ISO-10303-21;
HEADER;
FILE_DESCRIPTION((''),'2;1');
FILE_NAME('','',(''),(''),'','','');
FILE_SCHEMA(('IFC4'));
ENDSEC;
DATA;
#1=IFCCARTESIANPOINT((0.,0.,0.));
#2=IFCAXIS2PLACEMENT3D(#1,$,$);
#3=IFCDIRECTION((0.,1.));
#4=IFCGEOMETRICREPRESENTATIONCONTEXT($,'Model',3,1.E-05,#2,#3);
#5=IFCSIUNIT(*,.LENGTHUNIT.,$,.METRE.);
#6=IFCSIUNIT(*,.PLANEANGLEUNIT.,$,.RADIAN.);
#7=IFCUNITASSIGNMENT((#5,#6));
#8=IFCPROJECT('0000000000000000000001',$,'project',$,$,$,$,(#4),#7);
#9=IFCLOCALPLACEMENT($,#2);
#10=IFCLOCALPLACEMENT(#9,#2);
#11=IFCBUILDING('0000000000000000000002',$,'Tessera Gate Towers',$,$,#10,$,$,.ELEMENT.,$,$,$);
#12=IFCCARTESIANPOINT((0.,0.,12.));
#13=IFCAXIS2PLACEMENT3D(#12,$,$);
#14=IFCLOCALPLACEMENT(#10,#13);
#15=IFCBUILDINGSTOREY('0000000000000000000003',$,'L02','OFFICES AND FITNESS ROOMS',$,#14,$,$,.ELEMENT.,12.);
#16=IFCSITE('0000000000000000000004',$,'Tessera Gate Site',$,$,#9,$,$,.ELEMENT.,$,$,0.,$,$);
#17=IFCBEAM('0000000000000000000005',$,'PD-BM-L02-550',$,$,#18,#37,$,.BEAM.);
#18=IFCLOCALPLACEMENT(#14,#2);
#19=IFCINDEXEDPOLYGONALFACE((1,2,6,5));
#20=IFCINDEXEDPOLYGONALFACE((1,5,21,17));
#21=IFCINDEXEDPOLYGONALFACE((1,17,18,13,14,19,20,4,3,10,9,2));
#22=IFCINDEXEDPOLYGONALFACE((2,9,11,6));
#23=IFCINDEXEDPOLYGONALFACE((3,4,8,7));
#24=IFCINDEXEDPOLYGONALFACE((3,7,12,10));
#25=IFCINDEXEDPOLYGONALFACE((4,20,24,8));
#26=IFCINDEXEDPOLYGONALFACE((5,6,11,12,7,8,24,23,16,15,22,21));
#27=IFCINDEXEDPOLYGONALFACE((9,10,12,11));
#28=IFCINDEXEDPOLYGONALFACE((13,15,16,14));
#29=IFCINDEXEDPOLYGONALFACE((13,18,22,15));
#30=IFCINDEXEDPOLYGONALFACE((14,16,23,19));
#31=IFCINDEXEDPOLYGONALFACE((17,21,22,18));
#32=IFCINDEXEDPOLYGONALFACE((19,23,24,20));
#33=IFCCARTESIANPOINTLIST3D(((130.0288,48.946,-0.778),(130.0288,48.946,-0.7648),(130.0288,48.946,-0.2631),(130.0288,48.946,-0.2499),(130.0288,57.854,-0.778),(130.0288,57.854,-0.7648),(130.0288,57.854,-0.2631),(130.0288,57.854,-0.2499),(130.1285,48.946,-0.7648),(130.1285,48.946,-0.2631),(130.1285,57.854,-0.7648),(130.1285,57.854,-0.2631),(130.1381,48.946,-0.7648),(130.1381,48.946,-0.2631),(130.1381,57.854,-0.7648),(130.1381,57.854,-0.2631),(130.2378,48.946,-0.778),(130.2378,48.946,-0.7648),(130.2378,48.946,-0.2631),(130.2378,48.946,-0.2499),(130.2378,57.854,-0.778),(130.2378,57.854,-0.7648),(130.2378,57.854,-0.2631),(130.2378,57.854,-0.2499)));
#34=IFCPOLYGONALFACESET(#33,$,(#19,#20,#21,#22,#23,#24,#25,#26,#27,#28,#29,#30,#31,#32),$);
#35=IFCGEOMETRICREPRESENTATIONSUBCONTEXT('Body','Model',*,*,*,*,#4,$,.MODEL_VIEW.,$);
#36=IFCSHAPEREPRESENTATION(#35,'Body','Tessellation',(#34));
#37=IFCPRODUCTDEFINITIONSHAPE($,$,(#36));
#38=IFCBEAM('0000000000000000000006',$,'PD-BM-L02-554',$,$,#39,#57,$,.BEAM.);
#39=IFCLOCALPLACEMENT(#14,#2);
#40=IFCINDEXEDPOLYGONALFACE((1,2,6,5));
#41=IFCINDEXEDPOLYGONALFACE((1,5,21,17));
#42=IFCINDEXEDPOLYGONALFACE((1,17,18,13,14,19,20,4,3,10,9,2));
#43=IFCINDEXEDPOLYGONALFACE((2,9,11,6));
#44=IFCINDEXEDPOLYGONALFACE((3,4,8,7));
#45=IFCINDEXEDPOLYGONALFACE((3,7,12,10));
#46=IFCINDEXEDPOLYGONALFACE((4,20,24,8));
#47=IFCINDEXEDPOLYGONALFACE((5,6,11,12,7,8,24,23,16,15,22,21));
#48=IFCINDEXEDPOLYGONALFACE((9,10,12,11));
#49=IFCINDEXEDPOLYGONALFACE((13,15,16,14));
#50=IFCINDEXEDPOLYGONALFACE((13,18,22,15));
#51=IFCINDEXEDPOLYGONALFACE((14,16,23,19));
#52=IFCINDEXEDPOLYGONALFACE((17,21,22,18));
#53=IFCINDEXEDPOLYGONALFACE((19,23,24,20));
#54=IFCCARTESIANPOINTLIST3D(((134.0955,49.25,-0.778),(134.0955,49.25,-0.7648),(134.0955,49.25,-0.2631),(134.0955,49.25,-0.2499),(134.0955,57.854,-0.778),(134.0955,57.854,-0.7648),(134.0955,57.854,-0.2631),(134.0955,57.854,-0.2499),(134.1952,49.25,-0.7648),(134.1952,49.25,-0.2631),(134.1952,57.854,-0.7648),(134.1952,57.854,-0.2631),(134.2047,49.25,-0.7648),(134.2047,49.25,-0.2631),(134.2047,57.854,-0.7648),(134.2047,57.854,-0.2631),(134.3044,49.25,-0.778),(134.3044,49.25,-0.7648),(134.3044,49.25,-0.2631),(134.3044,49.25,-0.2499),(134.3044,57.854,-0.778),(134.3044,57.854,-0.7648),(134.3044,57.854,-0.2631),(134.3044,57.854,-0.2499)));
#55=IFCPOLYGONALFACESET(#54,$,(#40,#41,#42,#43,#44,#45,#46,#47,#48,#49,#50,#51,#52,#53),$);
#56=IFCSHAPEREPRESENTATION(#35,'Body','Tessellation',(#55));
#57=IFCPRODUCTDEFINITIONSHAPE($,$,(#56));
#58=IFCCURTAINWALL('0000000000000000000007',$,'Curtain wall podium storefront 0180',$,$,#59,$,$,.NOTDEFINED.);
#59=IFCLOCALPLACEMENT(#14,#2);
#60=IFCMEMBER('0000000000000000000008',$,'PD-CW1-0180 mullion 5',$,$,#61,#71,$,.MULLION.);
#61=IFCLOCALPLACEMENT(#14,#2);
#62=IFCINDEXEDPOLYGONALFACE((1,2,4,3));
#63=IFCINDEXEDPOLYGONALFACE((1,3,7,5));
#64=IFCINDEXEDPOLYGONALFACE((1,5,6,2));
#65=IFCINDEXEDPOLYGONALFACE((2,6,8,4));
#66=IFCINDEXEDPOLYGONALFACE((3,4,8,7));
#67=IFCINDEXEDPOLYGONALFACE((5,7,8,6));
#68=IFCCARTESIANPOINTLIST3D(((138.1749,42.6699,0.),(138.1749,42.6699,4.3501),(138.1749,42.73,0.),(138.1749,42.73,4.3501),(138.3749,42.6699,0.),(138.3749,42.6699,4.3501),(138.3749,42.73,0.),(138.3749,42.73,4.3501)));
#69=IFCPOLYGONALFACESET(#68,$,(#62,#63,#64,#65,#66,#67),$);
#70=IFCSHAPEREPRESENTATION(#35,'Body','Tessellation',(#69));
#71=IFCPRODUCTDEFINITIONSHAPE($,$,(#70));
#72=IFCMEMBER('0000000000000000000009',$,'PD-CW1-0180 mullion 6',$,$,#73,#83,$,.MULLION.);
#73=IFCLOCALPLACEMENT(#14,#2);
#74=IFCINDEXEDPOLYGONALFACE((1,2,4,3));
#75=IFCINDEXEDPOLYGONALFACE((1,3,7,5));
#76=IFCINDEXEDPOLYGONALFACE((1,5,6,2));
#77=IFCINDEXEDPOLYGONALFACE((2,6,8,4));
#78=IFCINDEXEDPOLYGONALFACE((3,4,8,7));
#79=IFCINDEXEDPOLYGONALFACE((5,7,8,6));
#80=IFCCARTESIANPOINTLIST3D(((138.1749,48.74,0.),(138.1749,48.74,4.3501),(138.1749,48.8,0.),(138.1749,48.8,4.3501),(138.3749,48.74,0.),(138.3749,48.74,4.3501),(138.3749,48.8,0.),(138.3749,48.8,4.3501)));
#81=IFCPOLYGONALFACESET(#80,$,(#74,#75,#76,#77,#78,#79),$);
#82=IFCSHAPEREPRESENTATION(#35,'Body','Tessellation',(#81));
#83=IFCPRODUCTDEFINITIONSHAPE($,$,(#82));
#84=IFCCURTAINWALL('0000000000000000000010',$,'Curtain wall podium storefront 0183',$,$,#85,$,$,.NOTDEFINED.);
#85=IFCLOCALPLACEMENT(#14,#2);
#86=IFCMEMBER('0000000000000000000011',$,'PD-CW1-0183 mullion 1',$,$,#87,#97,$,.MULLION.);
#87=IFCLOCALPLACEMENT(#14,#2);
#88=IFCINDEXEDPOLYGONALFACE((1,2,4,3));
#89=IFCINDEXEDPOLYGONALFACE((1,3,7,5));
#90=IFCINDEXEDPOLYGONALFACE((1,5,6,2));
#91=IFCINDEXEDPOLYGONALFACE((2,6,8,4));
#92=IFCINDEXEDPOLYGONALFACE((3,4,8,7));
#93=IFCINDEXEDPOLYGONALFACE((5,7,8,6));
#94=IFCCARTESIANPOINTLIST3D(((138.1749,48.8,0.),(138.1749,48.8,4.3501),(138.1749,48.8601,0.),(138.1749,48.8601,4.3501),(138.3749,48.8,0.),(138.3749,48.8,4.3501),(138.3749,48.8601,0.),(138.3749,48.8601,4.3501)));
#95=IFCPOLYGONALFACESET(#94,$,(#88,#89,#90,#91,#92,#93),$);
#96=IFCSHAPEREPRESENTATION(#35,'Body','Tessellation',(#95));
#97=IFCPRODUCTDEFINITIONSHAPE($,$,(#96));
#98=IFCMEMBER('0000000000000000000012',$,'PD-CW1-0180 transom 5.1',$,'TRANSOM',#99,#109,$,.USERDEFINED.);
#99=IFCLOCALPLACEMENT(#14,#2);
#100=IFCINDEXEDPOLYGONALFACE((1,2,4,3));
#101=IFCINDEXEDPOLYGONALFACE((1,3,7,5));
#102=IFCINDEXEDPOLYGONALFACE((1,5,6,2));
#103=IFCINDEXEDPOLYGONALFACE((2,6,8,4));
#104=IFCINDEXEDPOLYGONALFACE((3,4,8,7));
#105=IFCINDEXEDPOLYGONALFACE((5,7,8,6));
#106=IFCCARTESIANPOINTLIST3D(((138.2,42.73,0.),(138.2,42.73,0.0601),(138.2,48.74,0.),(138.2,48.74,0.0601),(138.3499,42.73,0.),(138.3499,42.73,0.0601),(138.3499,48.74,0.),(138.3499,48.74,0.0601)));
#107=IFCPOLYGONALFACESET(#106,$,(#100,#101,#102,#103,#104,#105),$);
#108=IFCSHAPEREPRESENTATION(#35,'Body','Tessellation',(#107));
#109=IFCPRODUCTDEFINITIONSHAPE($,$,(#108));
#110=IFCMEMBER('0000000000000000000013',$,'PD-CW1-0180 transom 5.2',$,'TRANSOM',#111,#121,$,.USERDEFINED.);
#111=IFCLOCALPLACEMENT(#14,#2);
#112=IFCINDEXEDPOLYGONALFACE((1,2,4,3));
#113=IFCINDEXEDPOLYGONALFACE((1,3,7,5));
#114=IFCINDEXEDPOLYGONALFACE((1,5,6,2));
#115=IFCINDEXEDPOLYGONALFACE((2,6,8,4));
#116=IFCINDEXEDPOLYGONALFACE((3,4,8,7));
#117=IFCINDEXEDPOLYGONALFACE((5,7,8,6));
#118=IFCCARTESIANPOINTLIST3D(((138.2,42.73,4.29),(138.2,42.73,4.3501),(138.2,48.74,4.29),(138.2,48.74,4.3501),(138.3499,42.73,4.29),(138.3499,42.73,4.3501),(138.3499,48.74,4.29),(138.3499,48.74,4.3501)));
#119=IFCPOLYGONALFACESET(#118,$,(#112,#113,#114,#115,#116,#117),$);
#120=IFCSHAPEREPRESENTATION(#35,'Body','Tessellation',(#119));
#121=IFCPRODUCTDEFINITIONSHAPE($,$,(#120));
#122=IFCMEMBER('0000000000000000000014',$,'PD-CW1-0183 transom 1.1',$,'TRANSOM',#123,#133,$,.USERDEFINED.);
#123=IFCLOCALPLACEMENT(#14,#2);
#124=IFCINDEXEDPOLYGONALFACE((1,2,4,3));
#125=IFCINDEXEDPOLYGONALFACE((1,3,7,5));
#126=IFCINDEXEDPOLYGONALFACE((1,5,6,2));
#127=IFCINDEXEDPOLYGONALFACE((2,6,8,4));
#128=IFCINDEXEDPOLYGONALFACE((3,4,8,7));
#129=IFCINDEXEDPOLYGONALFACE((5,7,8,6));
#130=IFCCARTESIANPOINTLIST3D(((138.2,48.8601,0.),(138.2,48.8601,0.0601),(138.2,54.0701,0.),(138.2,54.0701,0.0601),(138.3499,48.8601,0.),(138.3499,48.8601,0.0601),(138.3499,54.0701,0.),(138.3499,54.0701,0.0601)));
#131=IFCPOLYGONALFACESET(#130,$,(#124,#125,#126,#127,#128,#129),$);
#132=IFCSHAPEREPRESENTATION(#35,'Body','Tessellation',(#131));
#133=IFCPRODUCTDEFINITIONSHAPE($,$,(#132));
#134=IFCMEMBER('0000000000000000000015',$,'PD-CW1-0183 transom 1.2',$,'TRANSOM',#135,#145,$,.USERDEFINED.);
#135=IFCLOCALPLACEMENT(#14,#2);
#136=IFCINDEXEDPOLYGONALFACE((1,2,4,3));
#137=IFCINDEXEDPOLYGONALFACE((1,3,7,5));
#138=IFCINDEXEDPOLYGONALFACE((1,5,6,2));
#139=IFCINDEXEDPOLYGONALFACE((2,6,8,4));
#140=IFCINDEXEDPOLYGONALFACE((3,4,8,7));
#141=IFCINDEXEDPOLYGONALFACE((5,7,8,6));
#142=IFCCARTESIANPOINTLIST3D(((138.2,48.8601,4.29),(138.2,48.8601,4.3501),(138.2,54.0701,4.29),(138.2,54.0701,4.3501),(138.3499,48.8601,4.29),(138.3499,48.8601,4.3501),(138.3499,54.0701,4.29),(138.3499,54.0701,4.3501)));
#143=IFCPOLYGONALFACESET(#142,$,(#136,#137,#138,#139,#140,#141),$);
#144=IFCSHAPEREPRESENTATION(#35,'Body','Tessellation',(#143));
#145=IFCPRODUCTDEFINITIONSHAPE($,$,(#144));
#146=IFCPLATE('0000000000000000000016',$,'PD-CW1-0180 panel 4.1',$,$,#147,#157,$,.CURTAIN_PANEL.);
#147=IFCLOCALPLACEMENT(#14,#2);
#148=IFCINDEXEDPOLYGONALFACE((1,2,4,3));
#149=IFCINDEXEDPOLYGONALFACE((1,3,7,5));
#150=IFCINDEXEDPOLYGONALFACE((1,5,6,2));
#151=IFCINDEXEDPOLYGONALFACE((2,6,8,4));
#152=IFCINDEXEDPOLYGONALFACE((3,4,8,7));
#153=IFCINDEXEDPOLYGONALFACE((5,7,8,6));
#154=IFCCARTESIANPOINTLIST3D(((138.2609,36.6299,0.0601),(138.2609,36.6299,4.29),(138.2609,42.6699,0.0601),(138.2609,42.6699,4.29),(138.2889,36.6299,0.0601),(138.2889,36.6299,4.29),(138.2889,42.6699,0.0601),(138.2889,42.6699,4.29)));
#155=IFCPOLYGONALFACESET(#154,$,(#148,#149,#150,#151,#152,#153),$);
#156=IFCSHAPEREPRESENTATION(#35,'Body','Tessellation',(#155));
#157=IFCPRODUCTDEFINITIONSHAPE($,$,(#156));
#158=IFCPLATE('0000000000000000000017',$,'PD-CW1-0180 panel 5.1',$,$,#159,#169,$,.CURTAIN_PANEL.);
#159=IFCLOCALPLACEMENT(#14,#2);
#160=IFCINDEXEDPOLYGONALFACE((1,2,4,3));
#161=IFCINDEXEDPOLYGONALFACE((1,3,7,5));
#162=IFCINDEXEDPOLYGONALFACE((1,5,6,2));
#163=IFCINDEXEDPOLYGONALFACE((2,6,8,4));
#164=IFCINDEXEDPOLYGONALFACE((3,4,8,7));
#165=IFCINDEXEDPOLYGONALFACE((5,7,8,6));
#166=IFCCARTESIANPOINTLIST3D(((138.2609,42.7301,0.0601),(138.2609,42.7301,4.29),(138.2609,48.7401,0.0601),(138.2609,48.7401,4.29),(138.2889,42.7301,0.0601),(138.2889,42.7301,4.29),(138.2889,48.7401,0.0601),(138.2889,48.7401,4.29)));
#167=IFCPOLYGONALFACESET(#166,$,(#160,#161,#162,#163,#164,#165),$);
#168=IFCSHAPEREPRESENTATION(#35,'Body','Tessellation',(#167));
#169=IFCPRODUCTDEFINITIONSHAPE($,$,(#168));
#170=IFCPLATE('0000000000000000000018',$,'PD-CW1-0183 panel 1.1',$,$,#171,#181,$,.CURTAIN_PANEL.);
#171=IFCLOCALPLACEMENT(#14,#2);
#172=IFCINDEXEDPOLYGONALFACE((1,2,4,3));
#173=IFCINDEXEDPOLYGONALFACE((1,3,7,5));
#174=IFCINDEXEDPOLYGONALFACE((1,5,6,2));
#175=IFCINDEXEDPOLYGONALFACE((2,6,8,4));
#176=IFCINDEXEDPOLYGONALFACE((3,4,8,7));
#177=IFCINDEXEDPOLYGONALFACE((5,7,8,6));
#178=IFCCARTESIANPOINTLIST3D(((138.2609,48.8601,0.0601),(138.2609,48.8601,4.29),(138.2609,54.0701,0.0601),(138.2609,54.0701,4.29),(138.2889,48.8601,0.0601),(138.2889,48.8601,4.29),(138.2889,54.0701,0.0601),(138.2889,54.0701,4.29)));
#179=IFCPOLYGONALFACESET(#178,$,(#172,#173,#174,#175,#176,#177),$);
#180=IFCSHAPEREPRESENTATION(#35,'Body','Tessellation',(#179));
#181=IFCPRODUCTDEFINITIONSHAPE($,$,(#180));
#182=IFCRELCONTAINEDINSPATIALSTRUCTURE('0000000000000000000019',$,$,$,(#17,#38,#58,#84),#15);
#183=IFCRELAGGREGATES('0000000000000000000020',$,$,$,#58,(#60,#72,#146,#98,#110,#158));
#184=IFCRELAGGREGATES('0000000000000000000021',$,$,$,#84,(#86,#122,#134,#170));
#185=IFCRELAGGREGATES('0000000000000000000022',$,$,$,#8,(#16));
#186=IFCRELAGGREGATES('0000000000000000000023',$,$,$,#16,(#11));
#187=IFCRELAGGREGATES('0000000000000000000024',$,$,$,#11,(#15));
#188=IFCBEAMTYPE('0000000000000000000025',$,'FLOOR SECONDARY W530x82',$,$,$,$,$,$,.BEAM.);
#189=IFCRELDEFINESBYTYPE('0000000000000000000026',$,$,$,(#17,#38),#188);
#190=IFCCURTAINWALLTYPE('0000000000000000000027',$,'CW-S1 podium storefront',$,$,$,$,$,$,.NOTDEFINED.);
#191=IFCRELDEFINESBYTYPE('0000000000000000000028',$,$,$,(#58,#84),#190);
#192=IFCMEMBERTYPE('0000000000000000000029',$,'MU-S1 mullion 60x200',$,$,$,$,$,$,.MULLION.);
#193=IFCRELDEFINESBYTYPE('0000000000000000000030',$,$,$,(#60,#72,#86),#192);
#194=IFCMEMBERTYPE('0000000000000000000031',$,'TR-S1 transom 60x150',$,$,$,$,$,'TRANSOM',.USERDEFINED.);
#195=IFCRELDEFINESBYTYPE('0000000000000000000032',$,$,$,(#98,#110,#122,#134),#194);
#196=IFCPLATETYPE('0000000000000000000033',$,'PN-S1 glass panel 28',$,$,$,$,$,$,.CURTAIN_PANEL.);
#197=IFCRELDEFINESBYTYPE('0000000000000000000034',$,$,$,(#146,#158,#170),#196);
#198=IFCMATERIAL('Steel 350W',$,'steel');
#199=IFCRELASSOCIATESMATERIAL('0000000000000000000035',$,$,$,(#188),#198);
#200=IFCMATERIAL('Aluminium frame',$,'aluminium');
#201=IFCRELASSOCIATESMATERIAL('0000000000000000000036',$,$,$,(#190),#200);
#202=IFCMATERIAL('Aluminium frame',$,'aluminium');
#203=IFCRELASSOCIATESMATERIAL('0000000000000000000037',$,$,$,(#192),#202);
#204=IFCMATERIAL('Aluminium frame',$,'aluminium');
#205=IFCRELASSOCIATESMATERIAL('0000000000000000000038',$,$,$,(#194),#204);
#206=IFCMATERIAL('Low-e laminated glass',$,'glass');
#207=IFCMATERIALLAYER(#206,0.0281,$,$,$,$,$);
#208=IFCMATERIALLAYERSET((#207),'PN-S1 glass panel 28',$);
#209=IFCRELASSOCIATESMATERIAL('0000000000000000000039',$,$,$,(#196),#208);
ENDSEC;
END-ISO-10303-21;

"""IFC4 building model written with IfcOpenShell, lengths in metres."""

from ifc_helpers import new_model, si_unit, direction, frame, origin, origin_2d, place, context, subcontext, project, spatial, rectangle, i_section, extrude, material, layer, layer_set, material_profile, profile_set, type_object, element, aggregate, save


model = new_model("IFC4")

# Units and contexts
model_context = context("Model", 3, precision=1e-05, world=origin(), true_north=direction((0.0, 1.0)))
body_context = subcontext(model_context, "Body", "Model", "MODEL_VIEW")
ifc_project = project(units=[si_unit("LENGTHUNIT", "METRE"), si_unit("PLANEANGLEUNIT", "RADIAN")], contexts=[model_context])

# Site, building, storey
site_placement = place(None, origin())
site = spatial("IfcSite", under=ifc_project, at=site_placement, Name="Tessera Gate Site", CompositionType="ELEMENT", RefElevation=0.0)
building_placement = place(site_placement, origin())
building = spatial("IfcBuilding", under=site, at=building_placement, Name="Tessera Gate Towers", CompositionType="ELEMENT")
storey_placement = place(building_placement, frame((0.0, 0.0, 12.0)))
storey = spatial("IfcBuildingStorey", under=building, at=storey_placement, Name="L02", Description="OFFICES AND FITNESS ROOMS", CompositionType="ELEMENT", Elevation=12.0)

# Beams
ifc_material_1 = material(Name="Steel 350W", Category="steel")
ifc_material_profile_1 = material_profile(ifc_material_1, i_section(OverallWidth=0.209, OverallDepth=0.5281, WebThickness=0.0095, FlangeThickness=0.0132, at=origin_2d()), Name="W530x82")
ifc_profile_set_1 = profile_set([ifc_material_profile_1], Name="Steel 350W")
beam_type_1 = type_object("IfcBeamType", Name="FLOOR SECONDARY W530x82", PredefinedType="BEAM", material=ifc_profile_set_1)
for number, where, z_axis, x_axis, name in (
    (1, (130.1333, 48.946, -0.5139), (0.0, 1.0, 0.0), (-1.0, 0.0, 0.0), "PD-BM-L02-550"),
):
    element("IfcBeam", number, at=place(storey_placement, frame(where, z_axis=z_axis, x_axis=x_axis)), inside=storey, type_object=beam_type_1, Name=name, PredefinedType="BEAM", context=body_context, shape_type="SweptSolid", body=[
        extrude(i_section(OverallWidth=0.209, OverallDepth=0.5281, WebThickness=0.0095, FlangeThickness=0.0132, at=origin_2d()), origin(), (0.0, 0.0, 1.0), 8.908),
    ])
beam_1_placement = place(storey_placement, frame((134.2, 49.25, -0.5139), z_axis=(0.0, 1.0, 0.0), x_axis=(-1.0, 0.0, 0.0)))
element("IfcBeam", 2, at=beam_1_placement, inside=storey, type_object=beam_type_1, Name="PD-BM-L02-554", PredefinedType="BEAM", context=body_context, shape_type="SweptSolid", body=[
    extrude(i_section(OverallWidth=0.209, OverallDepth=0.5281, WebThickness=0.0095, FlangeThickness=0.0132, at=origin_2d()), origin(), (0.0, 0.0, 1.0), 8.604),
])

# Curtain wall, members
ifc_material_2 = material(Name="Aluminium frame", Category="aluminium")
curtain_wall_type = type_object("IfcCurtainWallType", Name="CW-S1 podium storefront", PredefinedType="NOTDEFINED", material=ifc_material_2)
curtain_wall_1_placement = place(storey_placement, origin())
curtain_wall_1 = element("IfcCurtainWall", 3, at=curtain_wall_1_placement, inside=storey, type_object=curtain_wall_type, Name="Curtain wall podium storefront 0180", PredefinedType="NOTDEFINED")
ifc_material_3 = material(Name="Aluminium frame", Category="aluminium")
ifc_material_profile_2 = material_profile(ifc_material_3, rectangle(XDim=0.0601, YDim=0.2, at=origin_2d()), Name="AL 60x200")
ifc_profile_set_2 = profile_set([ifc_material_profile_2], Name="Aluminium frame")
member_type_1 = type_object("IfcMemberType", Name="MU-S1 mullion 60x200", PredefinedType="MULLION", material=ifc_profile_set_2)
member_1_placement = place(storey_placement, frame((138.2749, 42.7, 0.0), z_axis=(0.0, 0.0, 1.0), x_axis=(0.0, 1.0, 0.0)))
member_1 = element("IfcMember", 4, at=member_1_placement, type_object=member_type_1, Name="PD-CW1-0180 mullion 5", PredefinedType="MULLION", context=body_context, shape_type="SweptSolid", body=[
    extrude(rectangle(XDim=0.0601, YDim=0.2, at=origin_2d()), origin(), (0.0, 0.0, 1.0), 4.3501),
])
member_2_placement = place(storey_placement, frame((138.2749, 48.77, 0.0), z_axis=(0.0, 0.0, 1.0), x_axis=(0.0, 1.0, 0.0)))
member_2 = element("IfcMember", 5, at=member_2_placement, type_object=member_type_1, Name="PD-CW1-0180 mullion 6", PredefinedType="MULLION", context=body_context, shape_type="SweptSolid", body=[
    extrude(rectangle(XDim=0.0601, YDim=0.2, at=origin_2d()), origin(), (0.0, 0.0, 1.0), 4.3501),
])

# Curtain wall, member
curtain_wall_2_placement = place(storey_placement, origin())
curtain_wall_2 = element("IfcCurtainWall", 6, at=curtain_wall_2_placement, inside=storey, type_object=curtain_wall_type, Name="Curtain wall podium storefront 0183", PredefinedType="NOTDEFINED")
member_3_placement = place(storey_placement, frame((138.2749, 48.8301, 0.0), z_axis=(0.0, 0.0, 1.0), x_axis=(0.0, 1.0, 0.0)))
member_3 = element("IfcMember", 7, at=member_3_placement, type_object=member_type_1, Name="PD-CW1-0183 mullion 1", PredefinedType="MULLION", context=body_context, shape_type="SweptSolid", body=[
    extrude(rectangle(XDim=0.0601, YDim=0.2, at=origin_2d()), origin(), (0.0, 0.0, 1.0), 4.3501),
])

# Members
ifc_material_4 = material(Name="Aluminium frame", Category="aluminium")
ifc_material_profile_3 = material_profile(ifc_material_4, rectangle(XDim=0.1499, YDim=0.0601, at=origin_2d()), Name="AL 60x150")
ifc_profile_set_3 = profile_set([ifc_material_profile_3], Name="Aluminium frame")
member_type_2 = type_object("IfcMemberType", Name="TR-S1 transom 60x150", ElementType="TRANSOM", PredefinedType="USERDEFINED", material=ifc_profile_set_3)
member_4_placement = place(storey_placement, frame((138.2749, 42.73, 0.03), z_axis=(0.0, 1.0, 0.0), x_axis=(-1.0, 0.0, 0.0)))
member_4 = element("IfcMember", 8, at=member_4_placement, type_object=member_type_2, Name="PD-CW1-0180 transom 5.1", ObjectType="TRANSOM", PredefinedType="USERDEFINED", context=body_context, shape_type="SweptSolid", body=[
    extrude(rectangle(XDim=0.1499, YDim=0.0601, at=origin_2d()), origin(), (0.0, 0.0, 1.0), 6.01),
])
member_5_placement = place(storey_placement, frame((138.2749, 42.73, 4.3201), z_axis=(0.0, 1.0, 0.0), x_axis=(-1.0, 0.0, 0.0)))
member_5 = element("IfcMember", 9, at=member_5_placement, type_object=member_type_2, Name="PD-CW1-0180 transom 5.2", ObjectType="TRANSOM", PredefinedType="USERDEFINED", context=body_context, shape_type="SweptSolid", body=[
    extrude(rectangle(XDim=0.1499, YDim=0.0601, at=origin_2d()), origin(), (0.0, 0.0, 1.0), 6.01),
])
member_6_placement = place(storey_placement, frame((138.2749, 48.8601, 0.03), z_axis=(0.0, 1.0, 0.0), x_axis=(-1.0, 0.0, 0.0)))
member_6 = element("IfcMember", 10, at=member_6_placement, type_object=member_type_2, Name="PD-CW1-0183 transom 1.1", ObjectType="TRANSOM", PredefinedType="USERDEFINED", context=body_context, shape_type="SweptSolid", body=[
    extrude(rectangle(XDim=0.1499, YDim=0.0601, at=origin_2d()), origin(), (0.0, 0.0, 1.0), 5.21),
])
member_7_placement = place(storey_placement, frame((138.2749, 48.8601, 4.3201), z_axis=(0.0, 1.0, 0.0), x_axis=(-1.0, 0.0, 0.0)))
member_7 = element("IfcMember", 11, at=member_7_placement, type_object=member_type_2, Name="PD-CW1-0183 transom 1.2", ObjectType="TRANSOM", PredefinedType="USERDEFINED", context=body_context, shape_type="SweptSolid", body=[
    extrude(rectangle(XDim=0.1499, YDim=0.0601, at=origin_2d()), origin(), (0.0, 0.0, 1.0), 5.21),
])

# Plates
ifc_material_5 = material(Name="Low-e laminated glass", Category="glass")
ifc_layer_1 = layer(ifc_material_5, 0.0281)
ifc_layer_set_1 = layer_set([ifc_layer_1], Name="PN-S1 glass panel 28")
plate_type = type_object("IfcPlateType", Name="PN-S1 glass panel 28", PredefinedType="CURTAIN_PANEL", material=ifc_layer_set_1)
plate_1_placement = place(storey_placement, frame((138.2749, 39.6499, 0.0601), z_axis=(0.0, 0.0, 1.0), x_axis=(0.0, 1.0, 0.0)))
plate_1 = element("IfcPlate", 12, at=plate_1_placement, type_object=plate_type, Name="PD-CW1-0180 panel 4.1", PredefinedType="CURTAIN_PANEL", context=body_context, shape_type="SweptSolid", body=[
    extrude(rectangle(XDim=6.04, YDim=0.0281, at=origin_2d()), origin(), (0.0, 0.0, 1.0), 4.23),
])
plate_2_placement = place(storey_placement, frame((138.2749, 45.7351, 0.0601), z_axis=(0.0, 0.0, 1.0), x_axis=(0.0, 1.0, 0.0)))
plate_2 = element("IfcPlate", 13, at=plate_2_placement, type_object=plate_type, Name="PD-CW1-0180 panel 5.1", PredefinedType="CURTAIN_PANEL", context=body_context, shape_type="SweptSolid", body=[
    extrude(rectangle(XDim=6.01, YDim=0.0281, at=origin_2d()), origin(), (0.0, 0.0, 1.0), 4.23),
])
aggregate(curtain_wall_1, [member_1, member_2, plate_1, member_4, member_5, plate_2])
plate_3_placement = place(storey_placement, frame((138.2749, 51.4651, 0.0601), z_axis=(0.0, 0.0, 1.0), x_axis=(0.0, 1.0, 0.0)))
plate_3 = element("IfcPlate", 14, at=plate_3_placement, type_object=plate_type, Name="PD-CW1-0183 panel 1.1", PredefinedType="CURTAIN_PANEL", context=body_context, shape_type="SweptSolid", body=[
    extrude(rectangle(XDim=5.21, YDim=0.0281, at=origin_2d()), origin(), (0.0, 0.0, 1.0), 4.23),
])
aggregate(curtain_wall_2, [member_3, member_6, member_7, plate_3])

save(model, "model.ifc")
